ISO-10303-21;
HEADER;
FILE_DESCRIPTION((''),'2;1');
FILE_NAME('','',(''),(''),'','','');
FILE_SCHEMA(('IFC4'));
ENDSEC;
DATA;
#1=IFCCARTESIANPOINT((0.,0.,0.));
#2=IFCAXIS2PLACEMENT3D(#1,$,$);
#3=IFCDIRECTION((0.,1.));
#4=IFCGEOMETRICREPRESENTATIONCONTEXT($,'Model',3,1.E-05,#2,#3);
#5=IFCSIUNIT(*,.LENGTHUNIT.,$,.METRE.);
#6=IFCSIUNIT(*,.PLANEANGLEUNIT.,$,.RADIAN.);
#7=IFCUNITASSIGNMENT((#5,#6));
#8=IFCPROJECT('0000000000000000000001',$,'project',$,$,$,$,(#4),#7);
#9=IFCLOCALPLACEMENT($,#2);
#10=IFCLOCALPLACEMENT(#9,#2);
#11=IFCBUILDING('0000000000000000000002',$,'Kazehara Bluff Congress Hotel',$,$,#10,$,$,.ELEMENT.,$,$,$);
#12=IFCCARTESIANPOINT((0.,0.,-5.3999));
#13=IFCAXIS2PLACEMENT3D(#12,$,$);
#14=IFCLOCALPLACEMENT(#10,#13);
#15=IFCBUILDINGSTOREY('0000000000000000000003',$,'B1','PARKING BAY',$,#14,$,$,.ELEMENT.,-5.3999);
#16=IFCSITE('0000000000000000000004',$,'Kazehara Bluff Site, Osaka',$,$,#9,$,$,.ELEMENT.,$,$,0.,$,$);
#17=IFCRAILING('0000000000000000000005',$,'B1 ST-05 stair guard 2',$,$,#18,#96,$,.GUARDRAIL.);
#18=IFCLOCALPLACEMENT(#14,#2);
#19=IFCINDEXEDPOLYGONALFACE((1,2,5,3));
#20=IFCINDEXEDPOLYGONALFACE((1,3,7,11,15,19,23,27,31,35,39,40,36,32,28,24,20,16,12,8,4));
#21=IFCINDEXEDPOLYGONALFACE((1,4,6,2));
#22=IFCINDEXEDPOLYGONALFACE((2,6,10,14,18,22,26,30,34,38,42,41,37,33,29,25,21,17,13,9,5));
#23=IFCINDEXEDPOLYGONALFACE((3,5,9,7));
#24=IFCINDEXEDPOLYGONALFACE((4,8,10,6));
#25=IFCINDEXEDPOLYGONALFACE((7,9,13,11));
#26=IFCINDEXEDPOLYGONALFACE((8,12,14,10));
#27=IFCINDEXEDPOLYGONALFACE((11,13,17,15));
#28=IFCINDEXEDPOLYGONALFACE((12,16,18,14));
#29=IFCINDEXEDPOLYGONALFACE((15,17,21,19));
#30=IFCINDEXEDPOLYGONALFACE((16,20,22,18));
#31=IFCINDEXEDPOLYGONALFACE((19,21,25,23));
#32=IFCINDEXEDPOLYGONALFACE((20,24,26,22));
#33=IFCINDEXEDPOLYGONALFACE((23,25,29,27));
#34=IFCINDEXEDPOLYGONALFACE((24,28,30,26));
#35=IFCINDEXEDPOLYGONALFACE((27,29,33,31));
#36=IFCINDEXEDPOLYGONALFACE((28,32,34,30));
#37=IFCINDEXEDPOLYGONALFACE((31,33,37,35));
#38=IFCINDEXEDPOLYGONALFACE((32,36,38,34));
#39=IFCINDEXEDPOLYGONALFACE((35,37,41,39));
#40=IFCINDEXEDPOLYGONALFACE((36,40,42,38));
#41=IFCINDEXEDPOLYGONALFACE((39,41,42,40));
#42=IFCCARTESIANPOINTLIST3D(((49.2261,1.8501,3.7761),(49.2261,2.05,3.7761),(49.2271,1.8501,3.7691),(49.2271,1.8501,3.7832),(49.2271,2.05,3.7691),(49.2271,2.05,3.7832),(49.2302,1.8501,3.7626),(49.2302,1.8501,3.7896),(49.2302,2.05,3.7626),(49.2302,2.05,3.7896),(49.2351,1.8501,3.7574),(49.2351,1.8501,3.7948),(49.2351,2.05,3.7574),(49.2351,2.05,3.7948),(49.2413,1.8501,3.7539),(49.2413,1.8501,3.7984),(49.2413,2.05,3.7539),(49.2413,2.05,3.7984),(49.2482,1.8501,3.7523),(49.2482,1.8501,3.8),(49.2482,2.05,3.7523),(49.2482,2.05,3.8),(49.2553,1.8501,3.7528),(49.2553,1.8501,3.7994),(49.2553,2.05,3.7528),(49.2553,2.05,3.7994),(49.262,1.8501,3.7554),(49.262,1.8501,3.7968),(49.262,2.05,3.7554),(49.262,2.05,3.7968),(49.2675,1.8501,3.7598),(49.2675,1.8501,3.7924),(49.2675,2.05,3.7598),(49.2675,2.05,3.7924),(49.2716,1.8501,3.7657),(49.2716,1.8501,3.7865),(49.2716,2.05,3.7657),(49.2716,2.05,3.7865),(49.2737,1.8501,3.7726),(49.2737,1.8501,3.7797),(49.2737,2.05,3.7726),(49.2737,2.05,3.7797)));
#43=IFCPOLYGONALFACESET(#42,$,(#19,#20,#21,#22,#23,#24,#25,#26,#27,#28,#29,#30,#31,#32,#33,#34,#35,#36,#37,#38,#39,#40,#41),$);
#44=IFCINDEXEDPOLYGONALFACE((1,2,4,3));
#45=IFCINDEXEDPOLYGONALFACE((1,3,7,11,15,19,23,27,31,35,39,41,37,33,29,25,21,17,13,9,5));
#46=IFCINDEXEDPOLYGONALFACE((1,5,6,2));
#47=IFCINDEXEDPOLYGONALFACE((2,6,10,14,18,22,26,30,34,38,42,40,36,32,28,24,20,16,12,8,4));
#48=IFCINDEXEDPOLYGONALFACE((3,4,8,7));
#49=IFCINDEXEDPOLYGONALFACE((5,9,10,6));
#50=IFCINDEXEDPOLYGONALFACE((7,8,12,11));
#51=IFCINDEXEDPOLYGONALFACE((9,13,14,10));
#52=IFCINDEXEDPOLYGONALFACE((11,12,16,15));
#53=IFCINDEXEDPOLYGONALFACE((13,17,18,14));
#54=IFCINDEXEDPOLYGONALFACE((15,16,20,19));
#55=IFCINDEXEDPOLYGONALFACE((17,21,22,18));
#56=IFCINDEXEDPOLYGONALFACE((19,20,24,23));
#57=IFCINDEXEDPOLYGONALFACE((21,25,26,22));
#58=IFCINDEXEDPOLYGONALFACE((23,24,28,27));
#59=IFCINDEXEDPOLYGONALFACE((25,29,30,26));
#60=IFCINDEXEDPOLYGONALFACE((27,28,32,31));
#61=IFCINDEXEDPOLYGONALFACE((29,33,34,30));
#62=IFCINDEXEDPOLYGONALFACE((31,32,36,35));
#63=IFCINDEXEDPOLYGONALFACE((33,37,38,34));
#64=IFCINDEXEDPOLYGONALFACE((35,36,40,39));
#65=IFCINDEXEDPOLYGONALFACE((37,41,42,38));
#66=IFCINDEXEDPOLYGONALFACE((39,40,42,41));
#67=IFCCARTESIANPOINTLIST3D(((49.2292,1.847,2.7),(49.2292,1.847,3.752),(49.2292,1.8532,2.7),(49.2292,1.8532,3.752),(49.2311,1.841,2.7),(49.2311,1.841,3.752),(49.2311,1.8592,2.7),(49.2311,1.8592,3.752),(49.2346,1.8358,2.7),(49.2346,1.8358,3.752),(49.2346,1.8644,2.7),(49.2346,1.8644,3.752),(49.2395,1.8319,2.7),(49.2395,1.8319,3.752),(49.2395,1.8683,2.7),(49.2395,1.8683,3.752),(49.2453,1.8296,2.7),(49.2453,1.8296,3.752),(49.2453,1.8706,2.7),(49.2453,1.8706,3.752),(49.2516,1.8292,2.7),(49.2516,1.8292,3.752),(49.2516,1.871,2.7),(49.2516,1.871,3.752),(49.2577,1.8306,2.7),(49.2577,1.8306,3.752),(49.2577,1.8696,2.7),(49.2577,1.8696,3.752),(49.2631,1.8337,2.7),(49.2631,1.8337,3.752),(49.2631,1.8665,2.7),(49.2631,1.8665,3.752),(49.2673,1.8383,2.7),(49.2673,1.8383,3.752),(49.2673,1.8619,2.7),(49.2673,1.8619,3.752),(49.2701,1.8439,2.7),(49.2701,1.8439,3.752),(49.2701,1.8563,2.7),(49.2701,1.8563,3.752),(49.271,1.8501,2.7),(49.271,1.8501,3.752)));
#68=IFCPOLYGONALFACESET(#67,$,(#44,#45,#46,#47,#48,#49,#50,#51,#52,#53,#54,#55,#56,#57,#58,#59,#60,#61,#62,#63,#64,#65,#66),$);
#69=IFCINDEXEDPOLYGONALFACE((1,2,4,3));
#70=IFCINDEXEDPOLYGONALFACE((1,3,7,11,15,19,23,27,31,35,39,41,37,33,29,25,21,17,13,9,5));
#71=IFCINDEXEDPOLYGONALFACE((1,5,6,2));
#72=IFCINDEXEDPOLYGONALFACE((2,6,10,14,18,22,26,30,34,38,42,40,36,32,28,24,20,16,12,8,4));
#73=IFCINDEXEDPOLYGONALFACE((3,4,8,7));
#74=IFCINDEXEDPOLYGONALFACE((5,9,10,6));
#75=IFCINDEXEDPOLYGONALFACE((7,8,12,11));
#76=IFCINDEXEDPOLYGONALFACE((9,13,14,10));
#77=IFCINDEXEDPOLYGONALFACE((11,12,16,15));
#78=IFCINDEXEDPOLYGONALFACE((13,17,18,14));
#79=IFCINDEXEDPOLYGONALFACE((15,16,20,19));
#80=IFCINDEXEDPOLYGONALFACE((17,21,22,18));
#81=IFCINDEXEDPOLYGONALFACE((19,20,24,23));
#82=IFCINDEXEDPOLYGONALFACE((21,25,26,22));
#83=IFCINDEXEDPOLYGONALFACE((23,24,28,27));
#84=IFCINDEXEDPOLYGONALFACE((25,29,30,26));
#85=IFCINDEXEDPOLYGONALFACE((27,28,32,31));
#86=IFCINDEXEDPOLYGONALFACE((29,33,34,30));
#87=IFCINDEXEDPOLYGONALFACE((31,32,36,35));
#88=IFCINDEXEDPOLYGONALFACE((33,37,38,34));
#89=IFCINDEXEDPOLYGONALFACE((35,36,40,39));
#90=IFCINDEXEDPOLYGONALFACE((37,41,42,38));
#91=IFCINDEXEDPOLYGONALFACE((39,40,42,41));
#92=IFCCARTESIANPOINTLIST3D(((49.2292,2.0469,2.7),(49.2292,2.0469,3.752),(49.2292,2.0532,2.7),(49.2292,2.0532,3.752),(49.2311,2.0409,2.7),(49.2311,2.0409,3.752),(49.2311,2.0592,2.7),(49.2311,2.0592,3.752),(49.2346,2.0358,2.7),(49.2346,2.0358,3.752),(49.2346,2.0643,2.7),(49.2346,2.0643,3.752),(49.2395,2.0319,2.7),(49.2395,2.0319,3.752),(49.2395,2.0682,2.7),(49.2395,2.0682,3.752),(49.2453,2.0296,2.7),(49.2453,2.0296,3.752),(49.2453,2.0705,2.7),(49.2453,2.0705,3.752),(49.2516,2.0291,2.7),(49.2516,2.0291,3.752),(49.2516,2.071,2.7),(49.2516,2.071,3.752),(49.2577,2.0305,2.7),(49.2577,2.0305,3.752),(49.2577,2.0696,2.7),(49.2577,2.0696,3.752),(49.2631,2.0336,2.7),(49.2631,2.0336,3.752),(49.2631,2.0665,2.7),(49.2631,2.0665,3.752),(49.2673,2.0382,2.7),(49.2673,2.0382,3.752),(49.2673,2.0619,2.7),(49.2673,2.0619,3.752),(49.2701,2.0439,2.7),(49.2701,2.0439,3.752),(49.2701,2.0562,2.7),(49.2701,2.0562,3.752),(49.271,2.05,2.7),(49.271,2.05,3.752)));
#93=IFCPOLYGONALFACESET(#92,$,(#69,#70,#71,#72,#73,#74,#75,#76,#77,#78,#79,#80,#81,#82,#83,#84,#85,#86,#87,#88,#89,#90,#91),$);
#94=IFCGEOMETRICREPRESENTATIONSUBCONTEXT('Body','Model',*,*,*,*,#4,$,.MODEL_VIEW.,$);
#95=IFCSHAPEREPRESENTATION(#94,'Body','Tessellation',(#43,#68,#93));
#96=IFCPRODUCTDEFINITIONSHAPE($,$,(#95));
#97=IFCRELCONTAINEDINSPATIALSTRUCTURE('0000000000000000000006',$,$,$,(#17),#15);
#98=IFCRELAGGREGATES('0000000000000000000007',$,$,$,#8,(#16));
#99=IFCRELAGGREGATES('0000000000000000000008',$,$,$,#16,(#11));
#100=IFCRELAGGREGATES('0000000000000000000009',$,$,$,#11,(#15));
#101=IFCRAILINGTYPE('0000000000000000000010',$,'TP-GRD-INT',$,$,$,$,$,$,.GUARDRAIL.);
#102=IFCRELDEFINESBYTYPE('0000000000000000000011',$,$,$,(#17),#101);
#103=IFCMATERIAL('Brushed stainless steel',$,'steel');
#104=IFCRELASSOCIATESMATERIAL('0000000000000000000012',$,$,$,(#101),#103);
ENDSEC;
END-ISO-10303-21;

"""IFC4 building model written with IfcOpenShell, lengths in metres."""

from ifc_helpers import new_model, si_unit, direction, frame, origin, origin_2d, place, context, subcontext, project, spatial, circle, extrude, material, type_object, element, save


model = new_model("IFC4")

# Units and contexts
model_context = context("Model", 3, precision=1e-05, world=origin(), true_north=direction((0.0, 1.0)))
body_context = subcontext(model_context, "Body", "Model", "MODEL_VIEW")
ifc_project = project(units=[si_unit("LENGTHUNIT", "METRE"), si_unit("PLANEANGLEUNIT", "RADIAN")], contexts=[model_context])

# Site, building, storey
site_placement = place(None, origin())
site = spatial("IfcSite", under=ifc_project, at=site_placement, Name="Kazehara Bluff Site, Osaka", CompositionType="ELEMENT", RefElevation=0.0)
building_placement = place(site_placement, origin())
building = spatial("IfcBuilding", under=site, at=building_placement, Name="Kazehara Bluff Congress Hotel", CompositionType="ELEMENT")
storey_placement = place(building_placement, frame((0.0, 0.0, -5.3999)))
storey = spatial("IfcBuildingStorey", under=building, at=storey_placement, Name="B1", Description="PARKING BAY", CompositionType="ELEMENT", Elevation=-5.3999)

# Railing
ifc_material_1 = material(Name="Brushed stainless steel", Category="steel")
railing_type_1 = type_object("IfcRailingType", Name="TP-GRD-INT", PredefinedType="GUARDRAIL", material=ifc_material_1)
railing_1_placement = place(storey_placement, frame((49.25, 1.8501, 2.7)))
element("IfcRailing", 1, at=railing_1_placement, inside=storey, type_object=railing_type_1, Name="B1 ST-05 stair guard 2", PredefinedType="GUARDRAIL", context=body_context, shape_type="SweptSolid", body=[
    extrude(circle(Radius=0.0239, at=origin_2d()), frame((0.0, 0.0, 1.0762), z_axis=(0.0, 1.0, 0.0), x_axis=(-1.0, 0.0, 0.0)), (0.0, 0.0, 1.0), 0.2),
    extrude(circle(Radius=0.021, at=origin_2d()), origin(), (0.0, 0.0, 1.0), 1.052),
    extrude(circle(Radius=0.021, at=origin_2d()), frame((0.0, 0.2, 0.0)), (0.0, 0.0, 1.0), 1.052),
])

save(model, "model.ifc")
